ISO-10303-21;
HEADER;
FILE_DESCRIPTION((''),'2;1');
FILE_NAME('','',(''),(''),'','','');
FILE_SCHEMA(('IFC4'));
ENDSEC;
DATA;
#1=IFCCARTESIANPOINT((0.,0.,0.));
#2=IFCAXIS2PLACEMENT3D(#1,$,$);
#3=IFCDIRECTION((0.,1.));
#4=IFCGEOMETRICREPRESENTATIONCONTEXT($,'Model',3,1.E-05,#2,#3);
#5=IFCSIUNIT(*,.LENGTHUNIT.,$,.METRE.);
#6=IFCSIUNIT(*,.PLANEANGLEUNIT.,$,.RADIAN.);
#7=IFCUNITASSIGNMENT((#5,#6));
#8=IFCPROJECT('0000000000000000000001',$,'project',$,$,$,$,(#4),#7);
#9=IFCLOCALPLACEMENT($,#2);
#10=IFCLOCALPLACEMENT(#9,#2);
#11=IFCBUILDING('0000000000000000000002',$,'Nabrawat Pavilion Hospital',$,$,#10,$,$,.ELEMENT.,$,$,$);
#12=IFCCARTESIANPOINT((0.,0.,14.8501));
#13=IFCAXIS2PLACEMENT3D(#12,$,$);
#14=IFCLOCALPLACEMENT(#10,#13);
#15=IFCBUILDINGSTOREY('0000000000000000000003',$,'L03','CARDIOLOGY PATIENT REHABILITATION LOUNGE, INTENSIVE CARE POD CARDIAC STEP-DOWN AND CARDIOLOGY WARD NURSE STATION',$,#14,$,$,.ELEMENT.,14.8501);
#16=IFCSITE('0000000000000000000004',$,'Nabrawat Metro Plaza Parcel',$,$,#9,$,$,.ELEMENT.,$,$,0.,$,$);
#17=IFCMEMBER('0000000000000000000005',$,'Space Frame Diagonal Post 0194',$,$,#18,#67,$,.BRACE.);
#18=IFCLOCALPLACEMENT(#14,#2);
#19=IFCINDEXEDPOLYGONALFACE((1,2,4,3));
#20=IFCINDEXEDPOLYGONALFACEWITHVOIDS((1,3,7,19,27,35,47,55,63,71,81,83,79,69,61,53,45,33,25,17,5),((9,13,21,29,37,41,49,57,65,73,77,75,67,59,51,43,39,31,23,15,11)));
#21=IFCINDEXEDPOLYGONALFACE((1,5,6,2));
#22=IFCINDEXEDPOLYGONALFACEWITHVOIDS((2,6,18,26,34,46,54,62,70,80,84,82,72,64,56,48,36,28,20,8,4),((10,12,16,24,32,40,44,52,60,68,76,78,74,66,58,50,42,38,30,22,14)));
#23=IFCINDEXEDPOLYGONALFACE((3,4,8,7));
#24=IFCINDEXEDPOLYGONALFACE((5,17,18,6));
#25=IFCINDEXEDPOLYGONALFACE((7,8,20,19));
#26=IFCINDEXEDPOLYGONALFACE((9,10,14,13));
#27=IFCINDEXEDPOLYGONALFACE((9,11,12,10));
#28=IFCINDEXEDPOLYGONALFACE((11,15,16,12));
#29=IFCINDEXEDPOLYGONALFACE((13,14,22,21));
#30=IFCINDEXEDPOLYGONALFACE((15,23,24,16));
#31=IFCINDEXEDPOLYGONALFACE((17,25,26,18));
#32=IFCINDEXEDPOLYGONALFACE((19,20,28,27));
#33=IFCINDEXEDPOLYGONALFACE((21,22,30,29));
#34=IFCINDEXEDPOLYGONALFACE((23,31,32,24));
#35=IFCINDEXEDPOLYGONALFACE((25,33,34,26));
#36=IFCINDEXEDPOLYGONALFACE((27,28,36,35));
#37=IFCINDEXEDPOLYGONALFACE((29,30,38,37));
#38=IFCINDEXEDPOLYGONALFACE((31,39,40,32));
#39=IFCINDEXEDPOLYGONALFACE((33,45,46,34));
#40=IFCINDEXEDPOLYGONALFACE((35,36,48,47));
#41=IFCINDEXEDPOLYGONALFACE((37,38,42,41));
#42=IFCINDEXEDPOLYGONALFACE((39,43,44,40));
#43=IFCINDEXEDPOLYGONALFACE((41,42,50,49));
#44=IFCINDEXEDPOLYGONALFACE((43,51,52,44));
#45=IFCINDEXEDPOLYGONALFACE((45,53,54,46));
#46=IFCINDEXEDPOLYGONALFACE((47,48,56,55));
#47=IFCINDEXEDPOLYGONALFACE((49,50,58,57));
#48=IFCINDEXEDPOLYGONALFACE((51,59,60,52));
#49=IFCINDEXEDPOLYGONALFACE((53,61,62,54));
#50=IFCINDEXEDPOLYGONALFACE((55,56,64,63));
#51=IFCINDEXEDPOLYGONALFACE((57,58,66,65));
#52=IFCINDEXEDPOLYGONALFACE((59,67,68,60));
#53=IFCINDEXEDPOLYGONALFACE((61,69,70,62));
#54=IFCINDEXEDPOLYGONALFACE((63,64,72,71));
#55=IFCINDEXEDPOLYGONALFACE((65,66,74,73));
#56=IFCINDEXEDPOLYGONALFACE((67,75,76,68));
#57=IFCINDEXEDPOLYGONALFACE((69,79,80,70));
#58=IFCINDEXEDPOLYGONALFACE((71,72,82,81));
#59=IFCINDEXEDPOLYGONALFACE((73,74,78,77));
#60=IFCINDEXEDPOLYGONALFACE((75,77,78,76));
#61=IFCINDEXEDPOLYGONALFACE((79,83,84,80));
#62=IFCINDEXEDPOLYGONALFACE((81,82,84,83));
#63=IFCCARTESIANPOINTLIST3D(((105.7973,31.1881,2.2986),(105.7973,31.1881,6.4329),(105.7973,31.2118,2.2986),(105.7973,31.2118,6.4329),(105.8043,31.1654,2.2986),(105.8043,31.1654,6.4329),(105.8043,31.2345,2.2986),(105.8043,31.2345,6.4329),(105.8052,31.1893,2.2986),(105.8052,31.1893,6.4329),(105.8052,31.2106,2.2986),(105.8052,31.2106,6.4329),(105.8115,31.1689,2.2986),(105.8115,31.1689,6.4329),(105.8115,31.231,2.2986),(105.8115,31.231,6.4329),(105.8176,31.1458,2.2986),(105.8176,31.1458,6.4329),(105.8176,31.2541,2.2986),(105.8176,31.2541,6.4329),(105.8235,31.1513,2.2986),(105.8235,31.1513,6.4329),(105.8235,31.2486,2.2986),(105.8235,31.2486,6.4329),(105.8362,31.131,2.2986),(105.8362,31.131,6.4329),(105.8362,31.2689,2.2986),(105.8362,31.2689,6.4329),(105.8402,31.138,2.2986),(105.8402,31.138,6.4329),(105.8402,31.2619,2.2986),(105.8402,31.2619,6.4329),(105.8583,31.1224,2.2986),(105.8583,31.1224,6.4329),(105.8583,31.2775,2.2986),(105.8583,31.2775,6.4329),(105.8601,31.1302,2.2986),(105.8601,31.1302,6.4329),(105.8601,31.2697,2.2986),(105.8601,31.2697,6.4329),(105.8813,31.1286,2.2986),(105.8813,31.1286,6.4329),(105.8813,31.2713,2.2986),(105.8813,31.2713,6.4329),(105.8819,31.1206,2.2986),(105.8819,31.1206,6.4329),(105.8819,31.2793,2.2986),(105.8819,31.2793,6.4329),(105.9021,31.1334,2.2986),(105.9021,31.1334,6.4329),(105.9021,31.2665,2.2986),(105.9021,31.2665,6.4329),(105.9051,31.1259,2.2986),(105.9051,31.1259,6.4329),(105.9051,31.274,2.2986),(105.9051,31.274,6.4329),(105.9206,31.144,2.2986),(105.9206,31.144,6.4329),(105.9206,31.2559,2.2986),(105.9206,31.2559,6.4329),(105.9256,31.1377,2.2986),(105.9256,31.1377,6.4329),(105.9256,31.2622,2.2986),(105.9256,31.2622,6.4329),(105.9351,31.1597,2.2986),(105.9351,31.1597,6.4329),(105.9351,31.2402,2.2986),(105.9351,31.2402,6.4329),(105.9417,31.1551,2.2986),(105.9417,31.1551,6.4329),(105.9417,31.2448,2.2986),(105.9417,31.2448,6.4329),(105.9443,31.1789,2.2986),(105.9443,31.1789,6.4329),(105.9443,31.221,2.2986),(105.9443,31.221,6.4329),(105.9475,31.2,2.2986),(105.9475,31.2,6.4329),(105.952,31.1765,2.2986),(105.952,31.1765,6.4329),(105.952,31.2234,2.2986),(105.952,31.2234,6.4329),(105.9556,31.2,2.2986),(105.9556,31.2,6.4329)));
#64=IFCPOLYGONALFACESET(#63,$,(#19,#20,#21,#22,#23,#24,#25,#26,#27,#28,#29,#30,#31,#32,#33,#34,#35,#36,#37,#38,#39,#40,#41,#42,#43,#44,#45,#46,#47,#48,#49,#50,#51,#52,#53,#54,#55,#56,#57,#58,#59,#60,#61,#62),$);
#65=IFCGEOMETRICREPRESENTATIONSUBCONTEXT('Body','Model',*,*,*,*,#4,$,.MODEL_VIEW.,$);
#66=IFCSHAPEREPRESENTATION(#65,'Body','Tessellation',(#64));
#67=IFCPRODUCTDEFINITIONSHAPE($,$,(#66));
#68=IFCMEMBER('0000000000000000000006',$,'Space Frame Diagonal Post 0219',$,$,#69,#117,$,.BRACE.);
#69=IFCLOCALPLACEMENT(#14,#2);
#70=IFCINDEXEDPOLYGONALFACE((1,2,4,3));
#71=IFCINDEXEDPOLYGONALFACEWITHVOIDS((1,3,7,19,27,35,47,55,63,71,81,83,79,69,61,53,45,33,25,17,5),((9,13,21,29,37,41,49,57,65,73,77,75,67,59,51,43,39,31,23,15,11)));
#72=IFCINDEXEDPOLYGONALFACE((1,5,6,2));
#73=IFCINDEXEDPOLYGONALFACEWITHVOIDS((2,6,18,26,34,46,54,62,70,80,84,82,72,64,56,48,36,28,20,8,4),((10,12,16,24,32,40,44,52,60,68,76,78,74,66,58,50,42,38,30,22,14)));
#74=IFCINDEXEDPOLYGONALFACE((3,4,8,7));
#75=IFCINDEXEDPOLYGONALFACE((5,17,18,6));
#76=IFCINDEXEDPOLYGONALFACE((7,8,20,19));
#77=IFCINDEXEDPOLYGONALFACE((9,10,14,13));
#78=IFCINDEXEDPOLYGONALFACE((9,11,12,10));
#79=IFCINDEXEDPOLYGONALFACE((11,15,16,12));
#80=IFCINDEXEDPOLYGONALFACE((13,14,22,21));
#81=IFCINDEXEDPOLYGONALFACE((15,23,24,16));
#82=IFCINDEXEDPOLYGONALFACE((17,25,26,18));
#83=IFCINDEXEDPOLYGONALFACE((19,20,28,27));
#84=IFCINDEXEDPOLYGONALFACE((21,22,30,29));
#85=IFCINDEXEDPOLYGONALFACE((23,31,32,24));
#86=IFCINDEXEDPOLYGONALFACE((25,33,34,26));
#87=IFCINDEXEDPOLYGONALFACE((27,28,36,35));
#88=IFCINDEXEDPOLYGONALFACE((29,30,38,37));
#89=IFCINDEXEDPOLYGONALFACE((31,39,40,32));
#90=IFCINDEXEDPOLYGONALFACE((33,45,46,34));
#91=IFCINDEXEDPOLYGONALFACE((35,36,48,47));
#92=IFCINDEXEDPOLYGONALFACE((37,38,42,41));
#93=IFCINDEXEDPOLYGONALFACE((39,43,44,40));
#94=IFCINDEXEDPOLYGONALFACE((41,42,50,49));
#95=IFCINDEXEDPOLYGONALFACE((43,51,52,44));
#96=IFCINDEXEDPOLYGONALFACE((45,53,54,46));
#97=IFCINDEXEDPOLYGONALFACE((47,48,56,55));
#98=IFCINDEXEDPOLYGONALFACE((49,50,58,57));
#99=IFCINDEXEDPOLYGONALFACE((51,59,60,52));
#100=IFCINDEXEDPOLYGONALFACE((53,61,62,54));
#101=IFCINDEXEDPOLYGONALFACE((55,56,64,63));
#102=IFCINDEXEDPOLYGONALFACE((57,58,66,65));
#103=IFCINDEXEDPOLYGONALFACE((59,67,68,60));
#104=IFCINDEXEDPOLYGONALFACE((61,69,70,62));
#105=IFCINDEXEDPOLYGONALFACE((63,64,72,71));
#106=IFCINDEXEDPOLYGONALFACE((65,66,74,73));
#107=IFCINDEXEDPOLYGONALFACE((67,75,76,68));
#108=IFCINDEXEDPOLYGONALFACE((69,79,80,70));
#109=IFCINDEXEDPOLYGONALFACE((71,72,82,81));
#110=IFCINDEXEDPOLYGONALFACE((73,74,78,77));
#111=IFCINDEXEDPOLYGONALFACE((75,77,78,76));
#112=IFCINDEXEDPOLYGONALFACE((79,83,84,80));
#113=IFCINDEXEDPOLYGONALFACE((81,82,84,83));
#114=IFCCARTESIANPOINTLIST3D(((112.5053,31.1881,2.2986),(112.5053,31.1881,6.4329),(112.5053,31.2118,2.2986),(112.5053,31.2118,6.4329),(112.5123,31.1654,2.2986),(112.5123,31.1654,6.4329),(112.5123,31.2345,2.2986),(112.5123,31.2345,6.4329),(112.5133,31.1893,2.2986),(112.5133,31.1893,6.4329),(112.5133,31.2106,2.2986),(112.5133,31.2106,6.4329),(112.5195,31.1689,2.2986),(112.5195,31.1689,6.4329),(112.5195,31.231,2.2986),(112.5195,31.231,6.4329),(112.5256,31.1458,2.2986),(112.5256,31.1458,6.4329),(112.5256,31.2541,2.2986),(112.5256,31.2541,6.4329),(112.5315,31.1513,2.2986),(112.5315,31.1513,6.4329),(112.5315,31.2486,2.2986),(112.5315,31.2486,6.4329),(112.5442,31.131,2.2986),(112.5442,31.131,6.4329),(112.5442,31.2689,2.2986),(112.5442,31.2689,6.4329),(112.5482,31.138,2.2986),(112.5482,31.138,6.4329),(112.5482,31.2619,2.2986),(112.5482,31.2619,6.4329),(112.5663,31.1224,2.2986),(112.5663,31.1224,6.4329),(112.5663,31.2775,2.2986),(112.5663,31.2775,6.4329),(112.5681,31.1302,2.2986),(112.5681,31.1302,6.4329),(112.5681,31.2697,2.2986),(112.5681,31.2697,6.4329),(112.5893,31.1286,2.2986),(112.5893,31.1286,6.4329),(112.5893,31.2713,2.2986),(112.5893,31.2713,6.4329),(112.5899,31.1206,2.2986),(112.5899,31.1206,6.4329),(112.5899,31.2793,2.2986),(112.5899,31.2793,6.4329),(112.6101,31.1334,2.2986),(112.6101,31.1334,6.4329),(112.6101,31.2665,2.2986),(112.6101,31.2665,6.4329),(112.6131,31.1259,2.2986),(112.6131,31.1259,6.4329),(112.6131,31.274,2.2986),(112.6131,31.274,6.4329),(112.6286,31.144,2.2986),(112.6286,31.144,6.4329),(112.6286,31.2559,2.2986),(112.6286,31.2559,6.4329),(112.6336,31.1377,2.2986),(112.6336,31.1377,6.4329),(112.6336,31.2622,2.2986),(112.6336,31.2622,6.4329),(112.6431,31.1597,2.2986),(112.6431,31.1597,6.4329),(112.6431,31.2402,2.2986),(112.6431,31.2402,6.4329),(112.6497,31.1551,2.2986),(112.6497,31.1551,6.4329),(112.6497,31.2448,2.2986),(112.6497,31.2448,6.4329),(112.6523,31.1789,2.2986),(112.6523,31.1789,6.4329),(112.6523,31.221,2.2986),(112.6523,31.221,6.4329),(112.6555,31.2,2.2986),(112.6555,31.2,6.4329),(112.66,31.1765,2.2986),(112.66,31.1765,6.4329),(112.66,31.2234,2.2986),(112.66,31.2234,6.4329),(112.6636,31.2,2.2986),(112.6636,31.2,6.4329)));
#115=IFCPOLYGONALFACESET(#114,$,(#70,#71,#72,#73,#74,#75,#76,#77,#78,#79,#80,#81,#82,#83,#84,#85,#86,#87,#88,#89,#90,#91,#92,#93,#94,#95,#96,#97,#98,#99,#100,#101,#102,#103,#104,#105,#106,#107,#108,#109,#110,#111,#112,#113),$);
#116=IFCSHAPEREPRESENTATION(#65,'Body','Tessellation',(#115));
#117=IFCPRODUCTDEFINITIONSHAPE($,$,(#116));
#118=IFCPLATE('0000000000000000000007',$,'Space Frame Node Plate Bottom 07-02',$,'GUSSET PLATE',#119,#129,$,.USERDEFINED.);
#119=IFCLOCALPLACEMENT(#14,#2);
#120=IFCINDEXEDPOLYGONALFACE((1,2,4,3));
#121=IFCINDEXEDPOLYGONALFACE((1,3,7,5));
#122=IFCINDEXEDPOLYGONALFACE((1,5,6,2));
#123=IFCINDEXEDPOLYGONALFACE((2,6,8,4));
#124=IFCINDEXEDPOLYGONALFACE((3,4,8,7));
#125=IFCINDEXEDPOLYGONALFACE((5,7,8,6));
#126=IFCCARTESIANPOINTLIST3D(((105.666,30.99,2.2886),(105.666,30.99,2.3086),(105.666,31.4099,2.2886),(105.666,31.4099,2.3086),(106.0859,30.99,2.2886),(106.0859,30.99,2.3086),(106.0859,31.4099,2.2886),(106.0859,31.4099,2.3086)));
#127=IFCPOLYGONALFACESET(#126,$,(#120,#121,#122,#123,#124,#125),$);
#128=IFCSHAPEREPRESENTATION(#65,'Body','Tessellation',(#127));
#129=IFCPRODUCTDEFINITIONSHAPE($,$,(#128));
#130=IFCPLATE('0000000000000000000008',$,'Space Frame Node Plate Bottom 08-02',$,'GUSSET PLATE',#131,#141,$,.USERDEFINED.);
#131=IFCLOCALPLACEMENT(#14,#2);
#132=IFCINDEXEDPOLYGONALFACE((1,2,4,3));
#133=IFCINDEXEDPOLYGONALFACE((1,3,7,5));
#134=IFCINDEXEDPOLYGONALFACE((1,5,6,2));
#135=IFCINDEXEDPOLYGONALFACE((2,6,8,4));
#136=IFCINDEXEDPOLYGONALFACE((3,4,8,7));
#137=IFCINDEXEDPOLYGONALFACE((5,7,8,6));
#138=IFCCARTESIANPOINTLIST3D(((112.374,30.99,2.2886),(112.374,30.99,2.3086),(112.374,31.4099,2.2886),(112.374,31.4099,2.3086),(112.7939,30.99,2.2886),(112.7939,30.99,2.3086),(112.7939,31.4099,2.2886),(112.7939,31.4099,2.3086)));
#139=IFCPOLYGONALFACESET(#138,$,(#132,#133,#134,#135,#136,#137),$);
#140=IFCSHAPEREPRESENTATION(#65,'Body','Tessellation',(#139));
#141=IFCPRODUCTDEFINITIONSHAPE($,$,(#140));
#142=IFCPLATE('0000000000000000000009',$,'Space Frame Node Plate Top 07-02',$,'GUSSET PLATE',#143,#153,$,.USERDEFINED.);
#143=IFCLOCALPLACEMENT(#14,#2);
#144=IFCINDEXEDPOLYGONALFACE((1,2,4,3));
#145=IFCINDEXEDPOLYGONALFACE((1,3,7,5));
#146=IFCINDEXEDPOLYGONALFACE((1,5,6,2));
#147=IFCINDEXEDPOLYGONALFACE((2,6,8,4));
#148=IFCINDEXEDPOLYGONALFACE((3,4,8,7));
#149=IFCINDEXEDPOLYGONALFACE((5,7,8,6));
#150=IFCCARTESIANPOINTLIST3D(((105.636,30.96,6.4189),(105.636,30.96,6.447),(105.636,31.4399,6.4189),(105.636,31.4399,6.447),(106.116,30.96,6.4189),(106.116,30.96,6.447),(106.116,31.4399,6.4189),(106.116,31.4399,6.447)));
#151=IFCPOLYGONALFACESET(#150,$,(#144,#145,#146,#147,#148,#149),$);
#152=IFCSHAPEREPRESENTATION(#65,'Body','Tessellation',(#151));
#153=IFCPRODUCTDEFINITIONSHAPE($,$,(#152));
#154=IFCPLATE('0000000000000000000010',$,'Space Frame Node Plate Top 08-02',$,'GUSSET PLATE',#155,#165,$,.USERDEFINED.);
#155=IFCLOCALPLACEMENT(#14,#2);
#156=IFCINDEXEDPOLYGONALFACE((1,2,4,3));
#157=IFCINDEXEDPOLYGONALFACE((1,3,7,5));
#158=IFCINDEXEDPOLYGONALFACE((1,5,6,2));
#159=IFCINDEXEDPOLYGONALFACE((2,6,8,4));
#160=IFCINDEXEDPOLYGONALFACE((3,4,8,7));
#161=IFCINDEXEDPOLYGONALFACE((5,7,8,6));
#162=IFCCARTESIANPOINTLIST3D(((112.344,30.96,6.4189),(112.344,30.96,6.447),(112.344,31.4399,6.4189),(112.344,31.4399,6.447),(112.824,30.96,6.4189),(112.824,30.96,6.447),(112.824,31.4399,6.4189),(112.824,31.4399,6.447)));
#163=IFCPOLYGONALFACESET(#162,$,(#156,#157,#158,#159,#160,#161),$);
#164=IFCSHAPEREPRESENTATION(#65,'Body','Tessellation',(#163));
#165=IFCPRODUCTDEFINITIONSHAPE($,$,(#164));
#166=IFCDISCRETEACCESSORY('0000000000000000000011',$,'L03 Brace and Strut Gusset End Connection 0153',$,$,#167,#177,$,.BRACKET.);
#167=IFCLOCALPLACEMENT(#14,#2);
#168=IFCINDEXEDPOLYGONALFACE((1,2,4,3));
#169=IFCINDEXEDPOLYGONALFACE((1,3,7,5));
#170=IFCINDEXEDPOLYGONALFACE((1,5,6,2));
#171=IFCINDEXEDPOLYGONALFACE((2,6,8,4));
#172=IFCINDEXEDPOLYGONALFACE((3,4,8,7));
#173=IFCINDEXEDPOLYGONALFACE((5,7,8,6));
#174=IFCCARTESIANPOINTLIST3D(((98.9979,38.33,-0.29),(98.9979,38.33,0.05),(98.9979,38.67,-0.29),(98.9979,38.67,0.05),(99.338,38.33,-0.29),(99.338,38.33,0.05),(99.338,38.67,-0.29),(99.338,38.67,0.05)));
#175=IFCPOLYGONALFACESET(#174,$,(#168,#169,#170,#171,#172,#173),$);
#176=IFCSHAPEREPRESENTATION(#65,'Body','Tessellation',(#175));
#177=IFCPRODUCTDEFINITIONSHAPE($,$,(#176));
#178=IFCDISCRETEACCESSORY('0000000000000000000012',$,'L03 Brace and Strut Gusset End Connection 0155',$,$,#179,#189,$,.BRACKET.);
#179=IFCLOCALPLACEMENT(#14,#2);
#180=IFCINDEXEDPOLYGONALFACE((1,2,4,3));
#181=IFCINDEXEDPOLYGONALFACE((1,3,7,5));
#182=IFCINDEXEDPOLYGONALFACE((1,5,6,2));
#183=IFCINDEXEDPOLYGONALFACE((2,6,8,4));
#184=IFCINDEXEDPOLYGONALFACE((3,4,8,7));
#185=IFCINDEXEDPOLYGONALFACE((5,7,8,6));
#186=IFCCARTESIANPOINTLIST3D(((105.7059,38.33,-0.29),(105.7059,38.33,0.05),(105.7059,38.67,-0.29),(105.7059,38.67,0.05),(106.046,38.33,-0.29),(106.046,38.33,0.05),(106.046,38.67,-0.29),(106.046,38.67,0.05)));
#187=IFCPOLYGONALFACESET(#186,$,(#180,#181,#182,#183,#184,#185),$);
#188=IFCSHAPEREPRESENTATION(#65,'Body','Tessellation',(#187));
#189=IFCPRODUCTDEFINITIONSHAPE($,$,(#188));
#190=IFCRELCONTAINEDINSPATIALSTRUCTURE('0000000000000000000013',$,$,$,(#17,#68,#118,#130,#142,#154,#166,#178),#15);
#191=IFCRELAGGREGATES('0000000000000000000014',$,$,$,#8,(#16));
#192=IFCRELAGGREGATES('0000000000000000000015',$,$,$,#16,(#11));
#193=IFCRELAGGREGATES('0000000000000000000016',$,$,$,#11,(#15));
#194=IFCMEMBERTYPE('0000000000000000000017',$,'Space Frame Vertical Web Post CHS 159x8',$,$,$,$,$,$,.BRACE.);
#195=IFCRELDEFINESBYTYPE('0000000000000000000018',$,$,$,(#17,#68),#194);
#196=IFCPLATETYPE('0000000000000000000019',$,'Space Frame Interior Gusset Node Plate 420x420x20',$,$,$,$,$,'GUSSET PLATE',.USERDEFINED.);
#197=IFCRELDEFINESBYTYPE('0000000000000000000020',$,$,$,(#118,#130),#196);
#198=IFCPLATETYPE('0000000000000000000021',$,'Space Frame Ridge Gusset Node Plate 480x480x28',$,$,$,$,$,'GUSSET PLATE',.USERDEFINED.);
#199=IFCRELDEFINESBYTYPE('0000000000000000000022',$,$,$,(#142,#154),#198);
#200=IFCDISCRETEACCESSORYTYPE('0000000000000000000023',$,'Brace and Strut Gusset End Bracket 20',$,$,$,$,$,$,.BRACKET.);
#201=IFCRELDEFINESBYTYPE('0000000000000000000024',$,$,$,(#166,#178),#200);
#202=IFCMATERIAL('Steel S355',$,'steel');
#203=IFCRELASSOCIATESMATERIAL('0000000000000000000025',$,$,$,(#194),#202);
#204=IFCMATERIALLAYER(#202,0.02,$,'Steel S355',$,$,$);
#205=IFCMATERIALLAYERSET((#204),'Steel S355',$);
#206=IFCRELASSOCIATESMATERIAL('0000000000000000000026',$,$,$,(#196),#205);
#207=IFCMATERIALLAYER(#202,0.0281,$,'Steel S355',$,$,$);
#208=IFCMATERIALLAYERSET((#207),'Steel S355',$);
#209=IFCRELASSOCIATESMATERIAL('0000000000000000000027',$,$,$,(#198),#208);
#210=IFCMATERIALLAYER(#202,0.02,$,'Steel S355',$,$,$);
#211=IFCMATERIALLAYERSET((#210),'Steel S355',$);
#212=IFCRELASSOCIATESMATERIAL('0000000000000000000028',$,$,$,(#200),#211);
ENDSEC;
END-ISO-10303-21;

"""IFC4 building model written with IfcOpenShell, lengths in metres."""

from ifc_helpers import new_model, si_unit, direction, frame, origin, origin_2d, place, context, subcontext, project, spatial, rectangle, hollow_circle, extrude, material, layer, layer_set, material_profile, profile_set, type_object, element, save


model = new_model("IFC4")

# Units and contexts
model_context = context("Model", 3, precision=1e-05, world=origin(), true_north=direction((0.0, 1.0)))
body_context = subcontext(model_context, "Body", "Model", "MODEL_VIEW")
ifc_project = project(units=[si_unit("LENGTHUNIT", "METRE"), si_unit("PLANEANGLEUNIT", "RADIAN")], contexts=[model_context])

# Site, building, storey
site_placement = place(None, origin())
site = spatial("IfcSite", under=ifc_project, at=site_placement, Name="Nabrawat Metro Plaza Parcel", CompositionType="ELEMENT", RefElevation=0.0)
building_placement = place(site_placement, origin())
building = spatial("IfcBuilding", under=site, at=building_placement, Name="Nabrawat Pavilion Hospital", CompositionType="ELEMENT")
storey_placement = place(building_placement, frame((0.0, 0.0, 14.8501)))
storey = spatial("IfcBuildingStorey", under=building, at=storey_placement, Name="L03", Description="CARDIOLOGY PATIENT REHABILITATION LOUNGE, INTENSIVE CARE POD CARDIAC STEP-DOWN AND CARDIOLOGY WARD NURSE STATION", CompositionType="ELEMENT", Elevation=14.8501)

# Members
ifc_material = material(Name="Steel S355", Category="steel")
ifc_material_profile_1 = material_profile(ifc_material, hollow_circle(Radius=0.0796, WallThickness=0.0081, at=origin_2d()), Name="CHS 159x8")
ifc_profile_set_1 = profile_set([ifc_material_profile_1], Name="Steel S355")
member_type_1 = type_object("IfcMemberType", Name="Space Frame Vertical Web Post CHS 159x8", PredefinedType="BRACE", material=ifc_profile_set_1)
for number, where, z_axis, x_axis, name in (
    (1, (105.876, 31.2, 2.2986), (0.0, 0.0, 1.0), (1.0, 0.0, 0.0), "Space Frame Diagonal Post 0194"),
    (2, (112.584, 31.2, 2.2986), (0.0, 0.0, 1.0), (1.0, 0.0, 0.0), "Space Frame Diagonal Post 0219"),
):
    element("IfcMember", number, at=place(storey_placement, frame(where, z_axis=z_axis, x_axis=x_axis)), inside=storey, type_object=member_type_1, Name=name, PredefinedType="BRACE", context=body_context, shape_type="SweptSolid", body=[
        extrude(hollow_circle(Radius=0.0796, WallThickness=0.0081, at=origin_2d()), origin(), (0.0, 0.0, 1.0), 4.1343),
    ])

# Plates
ifc_layer_1 = layer(ifc_material, 0.02, Name="Steel S355")
ifc_layer_set_1 = layer_set([ifc_layer_1], Name="Steel S355")
plate_type_1 = type_object("IfcPlateType", Name="Space Frame Interior Gusset Node Plate 420x420x20", ElementType="GUSSET PLATE", PredefinedType="USERDEFINED", material=ifc_layer_set_1)
for number, where, z_axis, x_axis, name in (
    (3, (105.876, 31.2, 2.2886), (0.0, 0.0, 1.0), (1.0, 0.0, 0.0), "Space Frame Node Plate Bottom 07-02"),
    (4, (112.584, 31.2, 2.2886), (0.0, 0.0, 1.0), (1.0, 0.0, 0.0), "Space Frame Node Plate Bottom 08-02"),
):
    element("IfcPlate", number, at=place(storey_placement, frame(where, z_axis=z_axis, x_axis=x_axis)), inside=storey, type_object=plate_type_1, Name=name, ObjectType="GUSSET PLATE", PredefinedType="USERDEFINED", context=body_context, shape_type="SweptSolid", body=[
        extrude(rectangle(XDim=0.4199, YDim=0.4199, at=origin_2d()), origin(), (0.0, 0.0, 1.0), 0.02),
    ])
ifc_layer_2 = layer(ifc_material, 0.0281, Name="Steel S355")
ifc_layer_set_2 = layer_set([ifc_layer_2], Name="Steel S355")
plate_type_2 = type_object("IfcPlateType", Name="Space Frame Ridge Gusset Node Plate 480x480x28", ElementType="GUSSET PLATE", PredefinedType="USERDEFINED", material=ifc_layer_set_2)
for number, where, z_axis, x_axis, name in (
    (5, (105.876, 31.2, 6.4189), (0.0, 0.0, 1.0), (1.0, 0.0, 0.0), "Space Frame Node Plate Top 07-02"),
    (6, (112.584, 31.2, 6.4189), (0.0, 0.0, 1.0), (1.0, 0.0, 0.0), "Space Frame Node Plate Top 08-02"),
):
    element("IfcPlate", number, at=place(storey_placement, frame(where, z_axis=z_axis, x_axis=x_axis)), inside=storey, type_object=plate_type_2, Name=name, ObjectType="GUSSET PLATE", PredefinedType="USERDEFINED", context=body_context, shape_type="SweptSolid", body=[
        extrude(rectangle(XDim=0.48, YDim=0.48, at=origin_2d()), origin(), (0.0, 0.0, 1.0), 0.0281),
    ])

# Discrete accessories
ifc_layer_3 = layer(ifc_material, 0.02, Name="Steel S355")
ifc_layer_set_3 = layer_set([ifc_layer_3], Name="Steel S355")
discrete_accessory_type = type_object("IfcDiscreteAccessoryType", Name="Brace and Strut Gusset End Bracket 20", PredefinedType="BRACKET", material=ifc_layer_set_3)
for number, where, z_axis, x_axis, name in (
    (7, (99.168, 38.5, -0.29), (0.0, 0.0, 1.0), (1.0, 0.0, 0.0), "L03 Brace and Strut Gusset End Connection 0153"),
    (8, (105.876, 38.5, -0.29), (0.0, 0.0, 1.0), (1.0, 0.0, 0.0), "L03 Brace and Strut Gusset End Connection 0155"),
):
    element("IfcDiscreteAccessory", number, at=place(storey_placement, frame(where, z_axis=z_axis, x_axis=x_axis)), inside=storey, type_object=discrete_accessory_type, Name=name, PredefinedType="BRACKET", context=body_context, shape_type="SweptSolid", body=[
        extrude(rectangle(XDim=0.3401, YDim=0.3401, at=origin_2d()), origin(), (0.0, 0.0, 1.0), 0.3401),
    ])

save(model, "model.ifc")
